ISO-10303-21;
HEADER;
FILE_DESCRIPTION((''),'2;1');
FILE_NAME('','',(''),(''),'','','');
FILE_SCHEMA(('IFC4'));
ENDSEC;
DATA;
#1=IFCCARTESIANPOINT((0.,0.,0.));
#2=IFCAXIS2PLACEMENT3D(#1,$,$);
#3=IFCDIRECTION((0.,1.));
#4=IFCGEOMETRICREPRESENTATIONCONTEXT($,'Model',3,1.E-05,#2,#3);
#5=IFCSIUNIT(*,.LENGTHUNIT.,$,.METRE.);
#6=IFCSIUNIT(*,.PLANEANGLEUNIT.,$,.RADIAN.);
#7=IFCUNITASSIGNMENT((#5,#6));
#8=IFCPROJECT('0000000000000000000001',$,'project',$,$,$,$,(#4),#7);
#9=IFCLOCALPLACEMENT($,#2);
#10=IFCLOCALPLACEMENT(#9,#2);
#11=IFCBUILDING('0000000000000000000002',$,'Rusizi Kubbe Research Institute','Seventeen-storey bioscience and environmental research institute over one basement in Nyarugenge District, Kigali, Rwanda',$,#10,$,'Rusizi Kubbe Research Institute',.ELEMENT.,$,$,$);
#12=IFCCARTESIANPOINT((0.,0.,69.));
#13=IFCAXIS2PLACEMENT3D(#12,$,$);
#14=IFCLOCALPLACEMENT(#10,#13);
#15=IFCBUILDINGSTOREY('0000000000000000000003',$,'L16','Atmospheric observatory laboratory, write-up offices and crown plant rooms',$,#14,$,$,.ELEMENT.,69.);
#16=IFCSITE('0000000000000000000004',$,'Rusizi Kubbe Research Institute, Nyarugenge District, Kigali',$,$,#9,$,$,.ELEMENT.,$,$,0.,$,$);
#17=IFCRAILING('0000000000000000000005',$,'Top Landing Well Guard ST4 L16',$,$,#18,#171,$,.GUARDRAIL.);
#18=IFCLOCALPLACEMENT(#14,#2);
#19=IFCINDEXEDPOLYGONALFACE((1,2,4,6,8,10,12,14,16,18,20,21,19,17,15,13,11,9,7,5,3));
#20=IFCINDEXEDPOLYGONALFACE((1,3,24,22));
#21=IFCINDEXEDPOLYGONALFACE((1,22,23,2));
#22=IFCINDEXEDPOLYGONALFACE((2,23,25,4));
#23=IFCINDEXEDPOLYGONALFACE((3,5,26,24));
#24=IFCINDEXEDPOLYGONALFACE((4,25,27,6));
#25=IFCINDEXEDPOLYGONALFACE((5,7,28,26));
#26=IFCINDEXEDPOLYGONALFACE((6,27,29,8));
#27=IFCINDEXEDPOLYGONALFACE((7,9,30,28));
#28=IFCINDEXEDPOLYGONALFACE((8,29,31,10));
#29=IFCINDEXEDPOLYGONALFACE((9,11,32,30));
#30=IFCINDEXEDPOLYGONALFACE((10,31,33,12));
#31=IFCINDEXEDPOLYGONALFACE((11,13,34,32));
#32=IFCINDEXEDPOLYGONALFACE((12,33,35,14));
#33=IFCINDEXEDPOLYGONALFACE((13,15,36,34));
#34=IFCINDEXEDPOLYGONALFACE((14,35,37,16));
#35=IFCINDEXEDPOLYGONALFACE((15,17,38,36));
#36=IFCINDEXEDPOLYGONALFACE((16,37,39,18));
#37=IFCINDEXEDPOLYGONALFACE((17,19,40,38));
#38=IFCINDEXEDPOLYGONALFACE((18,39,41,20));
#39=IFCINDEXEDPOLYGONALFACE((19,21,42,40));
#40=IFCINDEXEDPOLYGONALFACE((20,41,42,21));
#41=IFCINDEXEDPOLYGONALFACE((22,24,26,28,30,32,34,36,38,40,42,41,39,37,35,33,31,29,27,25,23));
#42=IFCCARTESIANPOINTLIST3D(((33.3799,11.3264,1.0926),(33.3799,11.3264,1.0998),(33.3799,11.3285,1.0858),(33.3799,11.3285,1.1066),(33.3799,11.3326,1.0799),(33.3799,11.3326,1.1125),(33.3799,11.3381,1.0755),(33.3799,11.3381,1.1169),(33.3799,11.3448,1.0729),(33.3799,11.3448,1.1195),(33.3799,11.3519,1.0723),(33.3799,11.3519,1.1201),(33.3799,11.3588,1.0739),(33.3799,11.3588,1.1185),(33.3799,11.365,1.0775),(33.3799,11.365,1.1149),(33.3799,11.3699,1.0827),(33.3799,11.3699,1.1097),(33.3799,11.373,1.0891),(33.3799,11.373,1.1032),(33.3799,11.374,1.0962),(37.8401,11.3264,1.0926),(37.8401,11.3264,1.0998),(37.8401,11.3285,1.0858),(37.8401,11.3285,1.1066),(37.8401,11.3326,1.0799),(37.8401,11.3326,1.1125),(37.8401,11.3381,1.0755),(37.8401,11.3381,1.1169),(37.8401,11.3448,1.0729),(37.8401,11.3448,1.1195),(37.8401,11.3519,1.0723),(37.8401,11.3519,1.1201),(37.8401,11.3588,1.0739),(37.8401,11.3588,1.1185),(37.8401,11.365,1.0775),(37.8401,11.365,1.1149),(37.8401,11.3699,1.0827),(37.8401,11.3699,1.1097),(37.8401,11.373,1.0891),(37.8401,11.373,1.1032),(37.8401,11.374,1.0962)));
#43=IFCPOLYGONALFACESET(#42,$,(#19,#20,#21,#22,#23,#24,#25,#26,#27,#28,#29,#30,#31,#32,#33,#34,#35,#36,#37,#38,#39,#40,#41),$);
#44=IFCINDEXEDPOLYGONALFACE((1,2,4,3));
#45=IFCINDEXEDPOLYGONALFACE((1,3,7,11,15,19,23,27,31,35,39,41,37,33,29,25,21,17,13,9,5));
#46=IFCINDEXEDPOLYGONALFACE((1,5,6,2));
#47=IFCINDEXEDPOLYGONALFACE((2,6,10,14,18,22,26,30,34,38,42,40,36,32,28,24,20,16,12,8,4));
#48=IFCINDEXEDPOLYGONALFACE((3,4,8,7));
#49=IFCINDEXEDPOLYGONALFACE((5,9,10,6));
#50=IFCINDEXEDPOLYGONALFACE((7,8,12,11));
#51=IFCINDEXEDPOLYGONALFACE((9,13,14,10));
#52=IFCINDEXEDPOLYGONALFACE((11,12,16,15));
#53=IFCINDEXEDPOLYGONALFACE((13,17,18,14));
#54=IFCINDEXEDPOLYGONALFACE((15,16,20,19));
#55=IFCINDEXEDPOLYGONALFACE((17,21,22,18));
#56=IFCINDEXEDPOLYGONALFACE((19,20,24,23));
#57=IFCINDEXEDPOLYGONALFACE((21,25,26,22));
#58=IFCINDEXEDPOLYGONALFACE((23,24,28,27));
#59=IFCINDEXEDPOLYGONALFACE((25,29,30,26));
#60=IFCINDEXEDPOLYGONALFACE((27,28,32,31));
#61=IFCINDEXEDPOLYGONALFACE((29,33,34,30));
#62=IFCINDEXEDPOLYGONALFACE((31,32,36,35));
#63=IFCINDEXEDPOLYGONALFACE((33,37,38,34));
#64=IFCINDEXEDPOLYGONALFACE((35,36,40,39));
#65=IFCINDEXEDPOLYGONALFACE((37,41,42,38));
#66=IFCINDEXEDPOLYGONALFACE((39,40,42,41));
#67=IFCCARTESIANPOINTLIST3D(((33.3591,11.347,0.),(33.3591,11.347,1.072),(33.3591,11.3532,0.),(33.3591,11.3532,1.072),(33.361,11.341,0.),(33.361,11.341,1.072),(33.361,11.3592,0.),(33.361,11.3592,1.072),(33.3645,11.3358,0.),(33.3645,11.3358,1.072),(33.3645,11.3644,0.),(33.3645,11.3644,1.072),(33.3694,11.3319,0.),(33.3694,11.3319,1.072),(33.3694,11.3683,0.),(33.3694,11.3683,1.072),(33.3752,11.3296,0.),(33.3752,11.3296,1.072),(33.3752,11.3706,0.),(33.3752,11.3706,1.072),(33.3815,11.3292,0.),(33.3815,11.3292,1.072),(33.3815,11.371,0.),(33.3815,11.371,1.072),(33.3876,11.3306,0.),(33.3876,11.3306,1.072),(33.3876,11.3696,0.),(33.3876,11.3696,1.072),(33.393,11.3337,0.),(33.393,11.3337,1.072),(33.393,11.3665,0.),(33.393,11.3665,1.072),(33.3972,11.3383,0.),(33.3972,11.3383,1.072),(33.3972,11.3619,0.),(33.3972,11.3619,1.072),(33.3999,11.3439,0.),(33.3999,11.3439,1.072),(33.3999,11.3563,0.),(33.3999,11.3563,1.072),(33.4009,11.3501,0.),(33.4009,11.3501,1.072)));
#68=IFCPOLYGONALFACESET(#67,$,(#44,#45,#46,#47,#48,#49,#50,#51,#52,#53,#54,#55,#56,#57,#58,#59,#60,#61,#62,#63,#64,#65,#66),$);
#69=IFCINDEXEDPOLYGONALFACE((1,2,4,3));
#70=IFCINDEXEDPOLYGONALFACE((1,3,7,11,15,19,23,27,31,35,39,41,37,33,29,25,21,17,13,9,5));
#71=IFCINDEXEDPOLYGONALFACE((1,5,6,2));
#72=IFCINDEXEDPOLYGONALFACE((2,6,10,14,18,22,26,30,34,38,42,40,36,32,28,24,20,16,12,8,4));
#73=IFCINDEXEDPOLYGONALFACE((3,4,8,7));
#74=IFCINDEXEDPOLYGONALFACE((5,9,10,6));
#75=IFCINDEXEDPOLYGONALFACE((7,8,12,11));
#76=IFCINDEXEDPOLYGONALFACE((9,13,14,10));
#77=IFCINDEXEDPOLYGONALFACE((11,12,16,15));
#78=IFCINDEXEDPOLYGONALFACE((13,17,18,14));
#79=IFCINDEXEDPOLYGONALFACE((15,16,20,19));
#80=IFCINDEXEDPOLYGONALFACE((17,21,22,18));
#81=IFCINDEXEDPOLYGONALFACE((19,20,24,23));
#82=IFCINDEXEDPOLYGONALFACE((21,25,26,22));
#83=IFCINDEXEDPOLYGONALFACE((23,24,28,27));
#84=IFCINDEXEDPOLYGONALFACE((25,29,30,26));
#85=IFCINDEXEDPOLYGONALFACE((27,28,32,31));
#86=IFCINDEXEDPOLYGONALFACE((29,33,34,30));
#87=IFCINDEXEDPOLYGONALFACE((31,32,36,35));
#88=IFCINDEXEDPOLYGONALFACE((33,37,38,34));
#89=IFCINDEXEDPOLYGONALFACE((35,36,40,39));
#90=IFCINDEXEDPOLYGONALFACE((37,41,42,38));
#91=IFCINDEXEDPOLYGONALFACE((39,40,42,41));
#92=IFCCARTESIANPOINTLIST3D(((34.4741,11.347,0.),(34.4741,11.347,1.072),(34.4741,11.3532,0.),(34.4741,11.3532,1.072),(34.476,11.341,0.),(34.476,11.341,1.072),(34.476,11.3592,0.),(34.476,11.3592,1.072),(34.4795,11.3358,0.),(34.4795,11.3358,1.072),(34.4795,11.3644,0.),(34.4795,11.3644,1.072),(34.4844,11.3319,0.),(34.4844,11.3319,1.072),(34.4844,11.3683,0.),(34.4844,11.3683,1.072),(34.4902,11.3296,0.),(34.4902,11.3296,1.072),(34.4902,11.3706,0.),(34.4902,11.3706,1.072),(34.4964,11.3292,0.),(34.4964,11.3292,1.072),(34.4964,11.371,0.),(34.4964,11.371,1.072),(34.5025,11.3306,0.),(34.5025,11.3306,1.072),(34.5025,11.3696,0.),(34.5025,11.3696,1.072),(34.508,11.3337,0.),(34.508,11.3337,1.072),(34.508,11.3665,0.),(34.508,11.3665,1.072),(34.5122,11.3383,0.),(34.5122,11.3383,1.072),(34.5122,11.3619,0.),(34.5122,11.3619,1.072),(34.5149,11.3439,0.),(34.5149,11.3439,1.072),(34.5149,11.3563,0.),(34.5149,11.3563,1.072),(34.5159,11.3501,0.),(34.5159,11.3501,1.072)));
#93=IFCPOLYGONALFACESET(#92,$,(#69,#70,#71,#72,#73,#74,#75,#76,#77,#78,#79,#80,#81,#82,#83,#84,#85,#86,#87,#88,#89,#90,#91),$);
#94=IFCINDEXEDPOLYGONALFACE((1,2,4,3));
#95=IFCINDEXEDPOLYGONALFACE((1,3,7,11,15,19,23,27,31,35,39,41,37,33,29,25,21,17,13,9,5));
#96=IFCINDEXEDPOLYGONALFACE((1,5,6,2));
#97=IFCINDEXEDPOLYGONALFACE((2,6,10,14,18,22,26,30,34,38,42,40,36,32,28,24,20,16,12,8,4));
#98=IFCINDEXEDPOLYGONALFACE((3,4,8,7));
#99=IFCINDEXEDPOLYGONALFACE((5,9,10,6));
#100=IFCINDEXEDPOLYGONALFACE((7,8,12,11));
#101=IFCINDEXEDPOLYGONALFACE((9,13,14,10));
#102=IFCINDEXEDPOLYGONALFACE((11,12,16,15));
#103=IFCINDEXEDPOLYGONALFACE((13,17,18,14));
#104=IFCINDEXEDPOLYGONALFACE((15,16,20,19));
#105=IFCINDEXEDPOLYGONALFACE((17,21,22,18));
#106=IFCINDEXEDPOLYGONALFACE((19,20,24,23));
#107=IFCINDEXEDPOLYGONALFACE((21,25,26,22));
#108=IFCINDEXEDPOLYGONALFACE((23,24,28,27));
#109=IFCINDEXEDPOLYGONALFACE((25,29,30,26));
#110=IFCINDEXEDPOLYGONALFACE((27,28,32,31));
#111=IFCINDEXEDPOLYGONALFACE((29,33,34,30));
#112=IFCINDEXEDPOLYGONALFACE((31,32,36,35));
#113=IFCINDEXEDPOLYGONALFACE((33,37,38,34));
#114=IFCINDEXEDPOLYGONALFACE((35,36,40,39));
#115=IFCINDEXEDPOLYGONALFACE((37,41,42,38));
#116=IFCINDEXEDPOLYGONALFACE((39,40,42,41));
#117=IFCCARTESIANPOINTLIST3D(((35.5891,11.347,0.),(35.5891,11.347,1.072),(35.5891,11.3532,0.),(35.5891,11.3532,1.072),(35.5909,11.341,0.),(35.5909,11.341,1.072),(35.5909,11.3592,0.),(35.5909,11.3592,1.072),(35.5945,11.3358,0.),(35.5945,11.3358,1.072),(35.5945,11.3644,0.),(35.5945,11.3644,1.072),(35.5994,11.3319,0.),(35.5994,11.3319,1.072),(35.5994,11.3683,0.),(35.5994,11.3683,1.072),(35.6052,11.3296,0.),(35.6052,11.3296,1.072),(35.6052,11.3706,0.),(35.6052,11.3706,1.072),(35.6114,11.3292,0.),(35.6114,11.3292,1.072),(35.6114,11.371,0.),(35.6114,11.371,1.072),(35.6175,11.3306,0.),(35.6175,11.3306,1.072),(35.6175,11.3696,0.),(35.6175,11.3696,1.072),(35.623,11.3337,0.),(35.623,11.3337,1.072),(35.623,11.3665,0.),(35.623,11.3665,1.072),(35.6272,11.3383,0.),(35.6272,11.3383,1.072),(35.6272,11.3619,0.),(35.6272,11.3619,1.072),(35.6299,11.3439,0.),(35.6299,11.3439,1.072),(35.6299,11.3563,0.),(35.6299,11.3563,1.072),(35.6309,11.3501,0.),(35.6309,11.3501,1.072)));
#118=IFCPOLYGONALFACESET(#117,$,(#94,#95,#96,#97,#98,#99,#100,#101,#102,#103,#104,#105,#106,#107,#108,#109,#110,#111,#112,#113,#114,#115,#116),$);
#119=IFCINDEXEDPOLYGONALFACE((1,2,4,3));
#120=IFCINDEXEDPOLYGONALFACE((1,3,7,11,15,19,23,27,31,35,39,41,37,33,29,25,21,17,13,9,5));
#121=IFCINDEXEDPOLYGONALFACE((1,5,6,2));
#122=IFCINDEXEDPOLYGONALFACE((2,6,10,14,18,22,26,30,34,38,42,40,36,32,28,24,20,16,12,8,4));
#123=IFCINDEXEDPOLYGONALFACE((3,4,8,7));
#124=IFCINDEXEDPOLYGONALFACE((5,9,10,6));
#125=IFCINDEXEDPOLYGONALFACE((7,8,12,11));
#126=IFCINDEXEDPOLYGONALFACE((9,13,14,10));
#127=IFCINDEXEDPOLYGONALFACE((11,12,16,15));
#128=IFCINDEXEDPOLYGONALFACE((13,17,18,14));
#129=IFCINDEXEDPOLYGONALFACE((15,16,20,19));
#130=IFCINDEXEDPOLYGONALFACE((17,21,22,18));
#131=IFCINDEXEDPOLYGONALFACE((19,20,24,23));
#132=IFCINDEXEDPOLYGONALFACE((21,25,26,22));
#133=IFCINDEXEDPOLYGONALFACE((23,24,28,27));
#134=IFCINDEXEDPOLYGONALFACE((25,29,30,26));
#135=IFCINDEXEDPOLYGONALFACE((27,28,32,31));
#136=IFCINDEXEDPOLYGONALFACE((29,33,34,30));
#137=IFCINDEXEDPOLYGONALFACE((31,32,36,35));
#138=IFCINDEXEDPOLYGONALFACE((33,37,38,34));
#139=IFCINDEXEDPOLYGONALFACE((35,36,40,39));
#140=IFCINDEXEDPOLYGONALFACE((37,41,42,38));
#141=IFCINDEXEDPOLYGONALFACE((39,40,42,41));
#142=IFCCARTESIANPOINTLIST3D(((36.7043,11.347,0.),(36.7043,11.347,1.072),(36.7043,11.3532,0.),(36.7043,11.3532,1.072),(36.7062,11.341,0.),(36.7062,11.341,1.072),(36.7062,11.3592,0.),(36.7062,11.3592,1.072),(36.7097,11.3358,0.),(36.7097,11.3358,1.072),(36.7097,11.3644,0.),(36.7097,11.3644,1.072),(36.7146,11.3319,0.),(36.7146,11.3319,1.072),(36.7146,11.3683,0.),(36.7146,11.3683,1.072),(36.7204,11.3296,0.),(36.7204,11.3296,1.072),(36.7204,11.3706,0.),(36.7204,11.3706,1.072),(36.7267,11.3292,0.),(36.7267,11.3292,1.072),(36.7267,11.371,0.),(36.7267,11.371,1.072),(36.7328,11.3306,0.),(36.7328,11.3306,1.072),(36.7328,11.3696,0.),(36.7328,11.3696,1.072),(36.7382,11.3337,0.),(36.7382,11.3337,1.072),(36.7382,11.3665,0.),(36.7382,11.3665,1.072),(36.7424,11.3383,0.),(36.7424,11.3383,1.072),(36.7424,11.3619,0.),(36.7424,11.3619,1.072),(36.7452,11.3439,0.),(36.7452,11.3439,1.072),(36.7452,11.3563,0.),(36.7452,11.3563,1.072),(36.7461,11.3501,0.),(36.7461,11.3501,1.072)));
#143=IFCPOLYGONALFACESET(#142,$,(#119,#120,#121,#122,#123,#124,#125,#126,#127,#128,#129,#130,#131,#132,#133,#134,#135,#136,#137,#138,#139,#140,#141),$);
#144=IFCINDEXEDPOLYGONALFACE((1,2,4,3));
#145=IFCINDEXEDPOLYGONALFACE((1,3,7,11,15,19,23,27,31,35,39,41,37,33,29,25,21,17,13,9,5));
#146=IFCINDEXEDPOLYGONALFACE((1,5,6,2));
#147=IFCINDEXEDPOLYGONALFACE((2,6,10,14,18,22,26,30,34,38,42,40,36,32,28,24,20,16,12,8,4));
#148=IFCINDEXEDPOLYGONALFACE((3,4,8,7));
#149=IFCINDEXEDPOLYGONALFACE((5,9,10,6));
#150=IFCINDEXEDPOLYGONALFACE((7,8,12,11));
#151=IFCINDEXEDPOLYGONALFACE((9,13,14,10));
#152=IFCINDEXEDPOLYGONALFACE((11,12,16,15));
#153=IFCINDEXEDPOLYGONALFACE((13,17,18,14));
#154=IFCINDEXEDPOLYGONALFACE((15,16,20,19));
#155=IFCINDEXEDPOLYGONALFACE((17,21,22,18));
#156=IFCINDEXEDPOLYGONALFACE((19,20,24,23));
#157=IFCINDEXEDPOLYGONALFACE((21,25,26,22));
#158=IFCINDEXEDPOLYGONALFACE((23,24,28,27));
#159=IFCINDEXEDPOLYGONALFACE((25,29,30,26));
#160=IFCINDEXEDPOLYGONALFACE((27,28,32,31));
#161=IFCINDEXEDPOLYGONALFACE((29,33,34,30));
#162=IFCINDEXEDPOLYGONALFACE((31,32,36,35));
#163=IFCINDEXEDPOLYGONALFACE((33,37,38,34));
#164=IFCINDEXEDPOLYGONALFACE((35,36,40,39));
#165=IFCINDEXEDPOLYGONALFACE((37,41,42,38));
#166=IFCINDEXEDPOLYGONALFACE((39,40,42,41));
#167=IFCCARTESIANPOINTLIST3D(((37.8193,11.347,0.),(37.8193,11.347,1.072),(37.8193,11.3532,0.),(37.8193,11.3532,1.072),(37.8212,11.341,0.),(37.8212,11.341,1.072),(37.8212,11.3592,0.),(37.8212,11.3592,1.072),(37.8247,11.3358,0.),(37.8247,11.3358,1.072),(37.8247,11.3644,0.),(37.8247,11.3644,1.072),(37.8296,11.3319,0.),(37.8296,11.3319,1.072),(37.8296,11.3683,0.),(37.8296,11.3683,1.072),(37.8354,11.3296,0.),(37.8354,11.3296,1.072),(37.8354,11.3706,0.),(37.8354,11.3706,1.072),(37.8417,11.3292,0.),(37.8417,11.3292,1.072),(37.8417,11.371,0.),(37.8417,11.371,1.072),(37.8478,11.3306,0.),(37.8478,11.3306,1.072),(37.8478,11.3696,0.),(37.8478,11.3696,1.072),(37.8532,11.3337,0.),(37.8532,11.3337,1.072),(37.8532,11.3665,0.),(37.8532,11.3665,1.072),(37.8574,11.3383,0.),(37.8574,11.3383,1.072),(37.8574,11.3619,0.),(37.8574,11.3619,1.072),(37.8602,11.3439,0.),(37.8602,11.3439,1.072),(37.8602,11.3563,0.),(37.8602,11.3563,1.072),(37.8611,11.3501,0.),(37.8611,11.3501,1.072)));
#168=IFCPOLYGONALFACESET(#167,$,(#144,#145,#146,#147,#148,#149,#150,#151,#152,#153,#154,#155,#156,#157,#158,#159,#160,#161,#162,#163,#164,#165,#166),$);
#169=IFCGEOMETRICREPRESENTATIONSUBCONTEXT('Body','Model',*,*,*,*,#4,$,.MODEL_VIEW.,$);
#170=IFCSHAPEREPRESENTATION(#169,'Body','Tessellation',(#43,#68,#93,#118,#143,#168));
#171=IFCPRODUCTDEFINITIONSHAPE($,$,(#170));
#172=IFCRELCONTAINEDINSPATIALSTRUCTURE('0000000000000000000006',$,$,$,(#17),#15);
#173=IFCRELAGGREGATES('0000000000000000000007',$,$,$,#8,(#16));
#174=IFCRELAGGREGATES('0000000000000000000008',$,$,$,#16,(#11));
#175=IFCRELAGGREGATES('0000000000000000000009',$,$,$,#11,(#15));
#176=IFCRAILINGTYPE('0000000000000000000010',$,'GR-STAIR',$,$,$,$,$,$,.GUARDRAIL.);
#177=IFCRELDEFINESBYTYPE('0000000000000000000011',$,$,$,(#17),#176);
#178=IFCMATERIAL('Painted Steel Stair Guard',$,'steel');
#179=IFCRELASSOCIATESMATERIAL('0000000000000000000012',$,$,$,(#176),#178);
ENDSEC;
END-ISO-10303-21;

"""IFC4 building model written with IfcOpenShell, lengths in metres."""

from ifc_helpers import new_model, si_unit, direction, frame, origin, origin_2d, place, context, subcontext, project, spatial, circle, extrude, material, type_object, element, save


model = new_model("IFC4")

# Units and contexts
model_context = context("Model", 3, precision=1e-05, world=origin(), true_north=direction((0.0, 1.0)))
body_context = subcontext(model_context, "Body", "Model", "MODEL_VIEW")
ifc_project = project(units=[si_unit("LENGTHUNIT", "METRE"), si_unit("PLANEANGLEUNIT", "RADIAN")], contexts=[model_context])

# Site, building, storey
site_placement = place(None, origin())
site = spatial("IfcSite", under=ifc_project, at=site_placement, Name="Rusizi Kubbe Research Institute, Nyarugenge District, Kigali", CompositionType="ELEMENT", RefElevation=0.0)
building_placement = place(site_placement, origin())
building = spatial("IfcBuilding", under=site, at=building_placement, Name="Rusizi Kubbe Research Institute", Description="Seventeen-storey bioscience and environmental research institute over one basement in Nyarugenge District, Kigali, Rwanda", LongName="Rusizi Kubbe Research Institute", CompositionType="ELEMENT")
storey_placement = place(building_placement, frame((0.0, 0.0, 69.0)))
storey = spatial("IfcBuildingStorey", under=building, at=storey_placement, Name="L16", Description="Atmospheric observatory laboratory, write-up offices and crown plant rooms", CompositionType="ELEMENT", Elevation=69.0)

# Railing
ifc_material_1 = material(Name="Painted Steel Stair Guard", Category="steel")
railing_type = type_object("IfcRailingType", Name="GR-STAIR", PredefinedType="GUARDRAIL", material=ifc_material_1)
railing_placement = place(storey_placement, frame((33.3799, 11.3501, 0.0)))
element("IfcRailing", 1, at=railing_placement, inside=storey, type_object=railing_type, Name="Top Landing Well Guard ST4 L16", PredefinedType="GUARDRAIL", context=body_context, shape_type="SweptSolid", body=[
    extrude(circle(Radius=0.0239, at=origin_2d()), frame((0.0, 0.0, 1.0962), z_axis=(1.0, 0.0, 0.0), x_axis=(0.0, 1.0, 0.0)), (0.0, 0.0, 1.0), 4.4602),
    extrude(circle(Radius=0.021, at=origin_2d()), origin(), (0.0, 0.0, 1.0), 1.072),
    extrude(circle(Radius=0.021, at=origin_2d()), frame((1.115, 0.0, 0.0)), (0.0, 0.0, 1.0), 1.072),
    extrude(circle(Radius=0.021, at=origin_2d()), frame((2.23, 0.0, 0.0)), (0.0, 0.0, 1.0), 1.072),
    extrude(circle(Radius=0.021, at=origin_2d()), frame((3.3452, 0.0, 0.0)), (0.0, 0.0, 1.0), 1.072),
    extrude(circle(Radius=0.021, at=origin_2d()), frame((4.4602, 0.0, 0.0)), (0.0, 0.0, 1.0), 1.072),
])

save(model, "model.ifc")
